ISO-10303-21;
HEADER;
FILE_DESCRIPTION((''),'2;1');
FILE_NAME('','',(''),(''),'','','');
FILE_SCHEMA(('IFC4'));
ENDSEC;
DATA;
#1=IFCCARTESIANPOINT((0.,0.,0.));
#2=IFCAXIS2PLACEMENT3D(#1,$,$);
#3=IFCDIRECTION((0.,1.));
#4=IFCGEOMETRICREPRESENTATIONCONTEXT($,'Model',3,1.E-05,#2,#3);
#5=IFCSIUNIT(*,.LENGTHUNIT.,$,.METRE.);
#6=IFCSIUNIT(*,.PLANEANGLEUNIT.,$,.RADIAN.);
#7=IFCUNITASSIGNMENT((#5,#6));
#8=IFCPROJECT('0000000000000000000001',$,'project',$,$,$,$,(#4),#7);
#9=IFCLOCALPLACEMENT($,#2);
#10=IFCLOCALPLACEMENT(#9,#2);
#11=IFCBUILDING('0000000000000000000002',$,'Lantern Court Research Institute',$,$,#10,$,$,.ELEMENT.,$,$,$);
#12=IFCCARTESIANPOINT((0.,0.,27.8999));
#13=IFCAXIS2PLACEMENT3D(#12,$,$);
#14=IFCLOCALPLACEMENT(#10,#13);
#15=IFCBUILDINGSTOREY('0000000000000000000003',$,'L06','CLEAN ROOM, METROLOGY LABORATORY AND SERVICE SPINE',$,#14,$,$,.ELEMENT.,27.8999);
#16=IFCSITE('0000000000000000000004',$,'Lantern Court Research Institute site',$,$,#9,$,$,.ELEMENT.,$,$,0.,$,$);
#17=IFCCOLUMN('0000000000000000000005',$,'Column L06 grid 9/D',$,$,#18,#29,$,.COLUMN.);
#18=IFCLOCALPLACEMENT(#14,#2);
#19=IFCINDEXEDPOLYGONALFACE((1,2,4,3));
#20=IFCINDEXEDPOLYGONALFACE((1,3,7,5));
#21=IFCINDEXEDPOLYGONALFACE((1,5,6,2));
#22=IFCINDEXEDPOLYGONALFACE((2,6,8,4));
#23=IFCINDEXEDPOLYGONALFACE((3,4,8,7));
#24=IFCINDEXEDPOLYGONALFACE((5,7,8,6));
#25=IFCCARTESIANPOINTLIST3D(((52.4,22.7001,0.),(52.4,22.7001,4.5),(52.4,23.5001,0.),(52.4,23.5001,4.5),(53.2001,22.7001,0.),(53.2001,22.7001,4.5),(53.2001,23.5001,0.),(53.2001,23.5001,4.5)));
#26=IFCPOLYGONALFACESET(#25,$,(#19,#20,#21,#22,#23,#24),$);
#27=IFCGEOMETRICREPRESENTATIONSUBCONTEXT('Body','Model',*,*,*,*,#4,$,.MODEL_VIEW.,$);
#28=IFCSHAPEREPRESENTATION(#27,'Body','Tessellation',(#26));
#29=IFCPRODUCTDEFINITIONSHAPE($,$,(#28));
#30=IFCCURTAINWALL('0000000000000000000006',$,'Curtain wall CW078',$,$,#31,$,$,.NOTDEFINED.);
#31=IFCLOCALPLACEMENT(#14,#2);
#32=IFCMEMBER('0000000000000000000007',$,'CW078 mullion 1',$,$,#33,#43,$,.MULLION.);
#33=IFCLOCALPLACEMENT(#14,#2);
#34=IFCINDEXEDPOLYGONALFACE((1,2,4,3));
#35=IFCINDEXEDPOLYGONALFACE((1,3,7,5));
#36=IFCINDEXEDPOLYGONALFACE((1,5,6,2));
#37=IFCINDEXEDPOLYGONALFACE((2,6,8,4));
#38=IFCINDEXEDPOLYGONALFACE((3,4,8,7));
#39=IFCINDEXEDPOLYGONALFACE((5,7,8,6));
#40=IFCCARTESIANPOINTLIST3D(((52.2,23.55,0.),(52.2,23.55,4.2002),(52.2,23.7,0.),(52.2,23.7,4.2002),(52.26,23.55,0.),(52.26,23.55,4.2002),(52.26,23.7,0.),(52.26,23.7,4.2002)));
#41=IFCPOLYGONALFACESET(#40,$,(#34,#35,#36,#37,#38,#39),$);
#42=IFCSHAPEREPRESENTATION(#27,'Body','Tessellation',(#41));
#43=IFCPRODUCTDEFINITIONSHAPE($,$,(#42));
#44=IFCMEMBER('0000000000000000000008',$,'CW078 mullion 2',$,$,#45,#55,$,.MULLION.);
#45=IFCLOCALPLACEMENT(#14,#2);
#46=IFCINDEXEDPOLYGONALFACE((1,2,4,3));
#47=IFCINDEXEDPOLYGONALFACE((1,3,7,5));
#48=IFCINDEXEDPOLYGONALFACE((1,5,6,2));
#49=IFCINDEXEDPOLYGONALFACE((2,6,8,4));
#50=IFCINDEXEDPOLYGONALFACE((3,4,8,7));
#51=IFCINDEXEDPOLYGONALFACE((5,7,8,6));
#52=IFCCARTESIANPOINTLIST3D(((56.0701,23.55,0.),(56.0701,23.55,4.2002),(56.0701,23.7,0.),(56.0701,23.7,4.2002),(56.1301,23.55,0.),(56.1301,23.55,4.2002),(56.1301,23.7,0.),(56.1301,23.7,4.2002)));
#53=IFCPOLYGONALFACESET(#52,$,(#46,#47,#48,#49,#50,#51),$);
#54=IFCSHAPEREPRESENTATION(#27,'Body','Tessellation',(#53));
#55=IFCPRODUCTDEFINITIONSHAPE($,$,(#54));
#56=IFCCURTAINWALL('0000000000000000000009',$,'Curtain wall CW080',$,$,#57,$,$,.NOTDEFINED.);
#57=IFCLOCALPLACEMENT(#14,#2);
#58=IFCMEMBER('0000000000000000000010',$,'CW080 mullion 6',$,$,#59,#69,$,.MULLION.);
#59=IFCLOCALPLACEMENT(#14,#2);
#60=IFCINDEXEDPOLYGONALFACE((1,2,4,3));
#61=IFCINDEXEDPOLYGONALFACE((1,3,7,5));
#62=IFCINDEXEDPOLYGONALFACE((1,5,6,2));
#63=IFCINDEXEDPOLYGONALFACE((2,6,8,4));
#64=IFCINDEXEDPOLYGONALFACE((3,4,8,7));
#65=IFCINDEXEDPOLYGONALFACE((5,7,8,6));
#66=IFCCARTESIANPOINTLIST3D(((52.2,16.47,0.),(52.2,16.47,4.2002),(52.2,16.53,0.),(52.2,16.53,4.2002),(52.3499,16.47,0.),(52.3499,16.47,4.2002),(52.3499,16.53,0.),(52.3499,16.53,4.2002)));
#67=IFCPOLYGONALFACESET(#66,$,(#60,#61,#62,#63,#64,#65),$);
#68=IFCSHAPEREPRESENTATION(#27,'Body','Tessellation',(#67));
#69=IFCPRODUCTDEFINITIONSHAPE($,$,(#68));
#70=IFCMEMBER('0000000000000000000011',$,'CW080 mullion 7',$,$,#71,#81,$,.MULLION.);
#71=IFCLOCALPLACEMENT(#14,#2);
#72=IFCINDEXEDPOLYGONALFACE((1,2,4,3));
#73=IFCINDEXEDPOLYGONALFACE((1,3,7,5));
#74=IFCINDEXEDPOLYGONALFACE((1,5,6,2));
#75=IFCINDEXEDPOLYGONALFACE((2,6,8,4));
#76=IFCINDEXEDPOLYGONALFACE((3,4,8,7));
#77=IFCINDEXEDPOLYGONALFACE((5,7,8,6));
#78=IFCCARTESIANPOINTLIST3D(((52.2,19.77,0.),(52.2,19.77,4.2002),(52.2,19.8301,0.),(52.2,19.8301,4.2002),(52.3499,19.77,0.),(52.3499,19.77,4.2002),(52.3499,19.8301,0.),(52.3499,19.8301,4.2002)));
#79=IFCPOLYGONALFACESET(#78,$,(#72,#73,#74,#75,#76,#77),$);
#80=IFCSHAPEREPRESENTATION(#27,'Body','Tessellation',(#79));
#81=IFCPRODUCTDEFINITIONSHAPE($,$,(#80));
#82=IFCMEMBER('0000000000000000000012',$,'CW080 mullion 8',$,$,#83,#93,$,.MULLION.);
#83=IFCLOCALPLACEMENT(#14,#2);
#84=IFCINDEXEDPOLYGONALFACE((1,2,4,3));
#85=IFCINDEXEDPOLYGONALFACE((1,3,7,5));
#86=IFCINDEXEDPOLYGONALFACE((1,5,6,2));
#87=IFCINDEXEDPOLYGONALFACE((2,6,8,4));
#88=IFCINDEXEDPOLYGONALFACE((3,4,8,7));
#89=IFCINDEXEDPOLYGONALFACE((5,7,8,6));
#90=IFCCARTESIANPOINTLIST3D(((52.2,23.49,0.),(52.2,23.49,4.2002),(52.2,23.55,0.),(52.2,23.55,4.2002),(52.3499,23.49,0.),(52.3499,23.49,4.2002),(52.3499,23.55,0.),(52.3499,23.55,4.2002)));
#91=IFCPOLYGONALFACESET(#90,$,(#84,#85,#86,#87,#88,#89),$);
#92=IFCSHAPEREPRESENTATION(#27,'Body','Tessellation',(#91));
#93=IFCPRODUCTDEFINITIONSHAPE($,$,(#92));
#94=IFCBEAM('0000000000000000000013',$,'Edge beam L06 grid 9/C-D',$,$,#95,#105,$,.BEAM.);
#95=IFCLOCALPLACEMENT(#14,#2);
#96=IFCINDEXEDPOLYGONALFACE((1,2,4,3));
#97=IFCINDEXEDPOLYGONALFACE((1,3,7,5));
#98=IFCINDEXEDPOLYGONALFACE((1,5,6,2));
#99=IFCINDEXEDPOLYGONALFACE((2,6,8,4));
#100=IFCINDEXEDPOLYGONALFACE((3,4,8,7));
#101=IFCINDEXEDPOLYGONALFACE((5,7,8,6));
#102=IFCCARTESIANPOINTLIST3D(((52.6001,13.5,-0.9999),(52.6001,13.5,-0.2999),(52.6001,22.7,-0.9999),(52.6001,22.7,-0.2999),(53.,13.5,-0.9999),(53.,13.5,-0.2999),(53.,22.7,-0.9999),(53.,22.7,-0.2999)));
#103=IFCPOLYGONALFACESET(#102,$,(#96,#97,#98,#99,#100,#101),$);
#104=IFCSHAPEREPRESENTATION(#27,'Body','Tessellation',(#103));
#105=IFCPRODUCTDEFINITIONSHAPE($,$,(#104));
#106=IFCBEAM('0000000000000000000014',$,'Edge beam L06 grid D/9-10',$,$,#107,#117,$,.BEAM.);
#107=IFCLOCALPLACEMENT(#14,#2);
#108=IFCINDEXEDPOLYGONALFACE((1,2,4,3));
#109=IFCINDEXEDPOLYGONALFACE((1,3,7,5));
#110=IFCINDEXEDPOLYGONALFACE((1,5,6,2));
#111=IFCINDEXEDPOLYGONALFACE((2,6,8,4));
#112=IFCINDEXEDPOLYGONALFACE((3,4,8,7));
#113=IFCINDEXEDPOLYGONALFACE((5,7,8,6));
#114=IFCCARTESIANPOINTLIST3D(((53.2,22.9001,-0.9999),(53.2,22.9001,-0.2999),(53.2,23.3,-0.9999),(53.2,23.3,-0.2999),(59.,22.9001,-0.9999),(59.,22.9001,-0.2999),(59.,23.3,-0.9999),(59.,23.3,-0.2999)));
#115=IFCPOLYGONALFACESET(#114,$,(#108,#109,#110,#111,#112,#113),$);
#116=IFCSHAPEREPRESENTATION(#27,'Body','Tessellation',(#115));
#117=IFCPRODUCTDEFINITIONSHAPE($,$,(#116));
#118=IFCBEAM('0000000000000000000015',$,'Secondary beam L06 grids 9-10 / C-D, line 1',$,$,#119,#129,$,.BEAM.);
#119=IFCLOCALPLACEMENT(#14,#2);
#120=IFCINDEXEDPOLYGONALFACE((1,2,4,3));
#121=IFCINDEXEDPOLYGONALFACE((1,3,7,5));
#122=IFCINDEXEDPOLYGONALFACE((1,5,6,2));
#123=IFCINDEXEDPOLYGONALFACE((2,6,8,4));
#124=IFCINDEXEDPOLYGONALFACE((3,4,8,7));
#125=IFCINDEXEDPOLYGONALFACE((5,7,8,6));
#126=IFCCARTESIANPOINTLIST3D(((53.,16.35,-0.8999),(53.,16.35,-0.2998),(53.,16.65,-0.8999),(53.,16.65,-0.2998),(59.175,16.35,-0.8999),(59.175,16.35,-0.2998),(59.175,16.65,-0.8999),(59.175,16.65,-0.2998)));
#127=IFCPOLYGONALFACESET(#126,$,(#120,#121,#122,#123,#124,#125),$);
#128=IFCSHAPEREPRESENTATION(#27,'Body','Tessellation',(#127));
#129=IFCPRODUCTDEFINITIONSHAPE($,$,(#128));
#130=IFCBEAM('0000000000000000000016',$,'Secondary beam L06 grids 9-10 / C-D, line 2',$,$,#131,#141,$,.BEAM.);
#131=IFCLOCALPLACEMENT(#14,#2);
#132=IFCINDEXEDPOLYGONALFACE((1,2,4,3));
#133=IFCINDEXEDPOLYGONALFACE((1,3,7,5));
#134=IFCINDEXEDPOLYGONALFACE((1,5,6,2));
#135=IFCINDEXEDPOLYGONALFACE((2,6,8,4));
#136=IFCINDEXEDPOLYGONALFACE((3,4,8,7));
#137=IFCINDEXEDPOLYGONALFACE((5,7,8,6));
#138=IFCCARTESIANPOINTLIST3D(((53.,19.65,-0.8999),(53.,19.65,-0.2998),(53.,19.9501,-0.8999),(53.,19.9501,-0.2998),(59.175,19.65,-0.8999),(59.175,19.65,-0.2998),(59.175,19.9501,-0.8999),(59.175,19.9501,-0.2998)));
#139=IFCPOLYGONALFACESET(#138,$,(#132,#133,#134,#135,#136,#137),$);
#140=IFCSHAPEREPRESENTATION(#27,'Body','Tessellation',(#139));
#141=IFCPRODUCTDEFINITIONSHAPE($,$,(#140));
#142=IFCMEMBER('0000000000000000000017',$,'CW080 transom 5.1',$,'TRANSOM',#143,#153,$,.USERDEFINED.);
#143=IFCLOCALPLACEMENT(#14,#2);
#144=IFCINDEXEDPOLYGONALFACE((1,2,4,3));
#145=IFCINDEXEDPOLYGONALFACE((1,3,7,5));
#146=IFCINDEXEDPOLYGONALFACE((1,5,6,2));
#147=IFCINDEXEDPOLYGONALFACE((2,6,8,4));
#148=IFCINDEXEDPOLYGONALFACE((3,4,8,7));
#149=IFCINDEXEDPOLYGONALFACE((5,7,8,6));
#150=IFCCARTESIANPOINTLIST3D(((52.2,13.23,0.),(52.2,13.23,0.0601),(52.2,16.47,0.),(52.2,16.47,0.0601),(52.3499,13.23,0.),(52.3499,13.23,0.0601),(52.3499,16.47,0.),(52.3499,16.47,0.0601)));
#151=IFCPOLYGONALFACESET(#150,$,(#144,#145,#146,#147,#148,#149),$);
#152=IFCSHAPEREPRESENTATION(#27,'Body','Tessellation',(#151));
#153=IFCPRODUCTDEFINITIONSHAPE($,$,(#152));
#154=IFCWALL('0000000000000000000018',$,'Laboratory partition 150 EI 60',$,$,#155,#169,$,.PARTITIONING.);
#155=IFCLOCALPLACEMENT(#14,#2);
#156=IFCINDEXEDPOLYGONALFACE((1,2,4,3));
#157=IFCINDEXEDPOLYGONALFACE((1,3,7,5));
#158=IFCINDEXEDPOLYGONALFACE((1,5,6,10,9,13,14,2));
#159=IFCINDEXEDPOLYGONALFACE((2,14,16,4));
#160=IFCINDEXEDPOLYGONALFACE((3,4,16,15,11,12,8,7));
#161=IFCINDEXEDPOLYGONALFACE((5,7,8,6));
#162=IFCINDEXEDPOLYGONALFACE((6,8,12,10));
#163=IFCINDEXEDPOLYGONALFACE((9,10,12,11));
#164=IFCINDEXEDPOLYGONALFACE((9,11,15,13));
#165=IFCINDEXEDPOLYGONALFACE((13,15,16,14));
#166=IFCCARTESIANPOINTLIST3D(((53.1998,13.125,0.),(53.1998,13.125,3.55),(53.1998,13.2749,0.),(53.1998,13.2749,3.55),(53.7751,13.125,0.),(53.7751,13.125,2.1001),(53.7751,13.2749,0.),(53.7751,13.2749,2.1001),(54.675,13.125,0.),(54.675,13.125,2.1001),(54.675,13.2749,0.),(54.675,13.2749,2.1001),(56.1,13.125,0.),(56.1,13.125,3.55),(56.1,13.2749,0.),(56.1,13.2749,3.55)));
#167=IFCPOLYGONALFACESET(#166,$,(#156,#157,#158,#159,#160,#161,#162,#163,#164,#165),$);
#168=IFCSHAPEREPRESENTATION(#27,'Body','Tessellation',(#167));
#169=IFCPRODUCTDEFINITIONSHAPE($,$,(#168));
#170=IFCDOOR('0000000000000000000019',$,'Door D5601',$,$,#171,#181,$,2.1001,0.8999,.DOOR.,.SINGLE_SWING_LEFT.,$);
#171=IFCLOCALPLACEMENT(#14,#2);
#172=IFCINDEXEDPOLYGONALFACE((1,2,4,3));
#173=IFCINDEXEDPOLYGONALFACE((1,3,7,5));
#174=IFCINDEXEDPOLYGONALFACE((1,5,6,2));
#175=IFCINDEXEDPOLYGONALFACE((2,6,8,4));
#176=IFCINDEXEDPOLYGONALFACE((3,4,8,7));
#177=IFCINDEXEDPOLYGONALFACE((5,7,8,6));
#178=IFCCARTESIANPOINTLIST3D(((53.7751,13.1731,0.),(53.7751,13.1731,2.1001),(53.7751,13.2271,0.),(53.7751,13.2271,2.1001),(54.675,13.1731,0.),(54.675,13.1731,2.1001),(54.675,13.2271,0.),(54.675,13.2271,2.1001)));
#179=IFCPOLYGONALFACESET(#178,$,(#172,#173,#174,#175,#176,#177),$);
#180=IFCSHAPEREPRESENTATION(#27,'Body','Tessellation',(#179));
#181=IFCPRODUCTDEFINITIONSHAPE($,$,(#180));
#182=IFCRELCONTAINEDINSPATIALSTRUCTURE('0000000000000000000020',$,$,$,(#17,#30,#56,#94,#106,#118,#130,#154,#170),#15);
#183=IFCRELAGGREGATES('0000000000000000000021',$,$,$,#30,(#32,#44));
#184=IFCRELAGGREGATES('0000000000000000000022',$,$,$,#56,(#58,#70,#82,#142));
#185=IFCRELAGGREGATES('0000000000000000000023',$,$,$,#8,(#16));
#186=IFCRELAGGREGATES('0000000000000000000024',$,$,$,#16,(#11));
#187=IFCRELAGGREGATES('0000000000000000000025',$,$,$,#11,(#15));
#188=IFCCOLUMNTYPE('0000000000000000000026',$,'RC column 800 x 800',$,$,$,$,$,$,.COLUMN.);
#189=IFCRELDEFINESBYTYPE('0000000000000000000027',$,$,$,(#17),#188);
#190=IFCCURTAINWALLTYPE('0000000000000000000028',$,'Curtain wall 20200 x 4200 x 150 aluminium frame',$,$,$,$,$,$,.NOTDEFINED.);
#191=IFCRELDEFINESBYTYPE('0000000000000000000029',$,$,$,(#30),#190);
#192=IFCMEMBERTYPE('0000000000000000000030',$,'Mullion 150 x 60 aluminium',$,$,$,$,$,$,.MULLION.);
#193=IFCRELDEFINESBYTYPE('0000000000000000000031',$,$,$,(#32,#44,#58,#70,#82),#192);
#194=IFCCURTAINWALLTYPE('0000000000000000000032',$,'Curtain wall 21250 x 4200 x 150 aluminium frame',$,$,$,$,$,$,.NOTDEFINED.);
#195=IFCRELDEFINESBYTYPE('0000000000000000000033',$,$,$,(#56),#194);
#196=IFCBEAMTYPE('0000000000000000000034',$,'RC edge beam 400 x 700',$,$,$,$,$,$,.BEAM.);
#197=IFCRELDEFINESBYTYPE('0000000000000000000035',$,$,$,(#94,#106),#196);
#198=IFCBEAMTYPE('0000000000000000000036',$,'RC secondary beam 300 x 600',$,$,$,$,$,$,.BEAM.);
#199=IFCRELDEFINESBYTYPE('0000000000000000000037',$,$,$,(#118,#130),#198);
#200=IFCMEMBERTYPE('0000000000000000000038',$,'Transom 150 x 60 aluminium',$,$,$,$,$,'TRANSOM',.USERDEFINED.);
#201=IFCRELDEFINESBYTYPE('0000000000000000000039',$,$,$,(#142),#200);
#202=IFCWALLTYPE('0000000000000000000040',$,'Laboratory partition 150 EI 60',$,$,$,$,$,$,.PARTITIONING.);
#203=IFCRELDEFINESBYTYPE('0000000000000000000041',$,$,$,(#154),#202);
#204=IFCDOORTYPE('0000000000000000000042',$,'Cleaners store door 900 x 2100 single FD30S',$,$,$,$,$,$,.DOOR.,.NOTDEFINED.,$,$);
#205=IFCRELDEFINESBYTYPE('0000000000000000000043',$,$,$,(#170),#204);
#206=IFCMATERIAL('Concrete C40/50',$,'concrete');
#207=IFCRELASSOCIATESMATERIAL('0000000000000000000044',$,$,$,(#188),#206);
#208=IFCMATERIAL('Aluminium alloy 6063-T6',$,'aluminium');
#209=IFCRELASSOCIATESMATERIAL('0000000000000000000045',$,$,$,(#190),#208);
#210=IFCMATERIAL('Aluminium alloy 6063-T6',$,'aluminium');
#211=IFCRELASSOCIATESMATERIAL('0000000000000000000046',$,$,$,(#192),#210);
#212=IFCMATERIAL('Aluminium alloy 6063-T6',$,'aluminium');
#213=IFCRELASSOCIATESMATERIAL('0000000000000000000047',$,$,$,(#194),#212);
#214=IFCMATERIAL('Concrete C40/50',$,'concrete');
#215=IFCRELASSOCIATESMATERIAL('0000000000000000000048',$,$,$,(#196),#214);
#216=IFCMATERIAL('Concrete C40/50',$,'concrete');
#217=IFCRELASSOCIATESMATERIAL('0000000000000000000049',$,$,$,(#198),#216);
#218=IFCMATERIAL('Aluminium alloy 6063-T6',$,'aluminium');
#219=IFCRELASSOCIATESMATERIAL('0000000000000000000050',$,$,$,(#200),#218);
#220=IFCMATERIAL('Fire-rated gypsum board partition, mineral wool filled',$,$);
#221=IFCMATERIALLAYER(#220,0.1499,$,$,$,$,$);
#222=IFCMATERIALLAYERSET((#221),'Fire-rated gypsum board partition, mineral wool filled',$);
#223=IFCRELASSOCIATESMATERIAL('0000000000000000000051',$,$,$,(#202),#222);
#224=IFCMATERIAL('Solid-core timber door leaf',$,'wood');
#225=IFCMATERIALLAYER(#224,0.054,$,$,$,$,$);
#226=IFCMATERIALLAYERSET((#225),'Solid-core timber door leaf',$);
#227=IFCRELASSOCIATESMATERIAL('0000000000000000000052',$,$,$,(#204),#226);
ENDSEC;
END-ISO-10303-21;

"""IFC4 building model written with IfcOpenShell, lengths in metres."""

from ifc_helpers import new_model, si_unit, direction, frame, frame_2d, origin, origin_2d, place, context, subcontext, project, spatial, rectangle, extrude, material, layer, layer_set, material_profile, profile_set, type_object, element, fill, aggregate, save


model = new_model("IFC4")

# Units and contexts
model_context = context("Model", 3, precision=1e-05, world=origin(), true_north=direction((0.0, 1.0)))
body_context = subcontext(model_context, "Body", "Model", "MODEL_VIEW")
ifc_project = project(units=[si_unit("LENGTHUNIT", "METRE"), si_unit("PLANEANGLEUNIT", "RADIAN")], contexts=[model_context])

# Site, building, storey
site_placement = place(None, origin())
site = spatial("IfcSite", under=ifc_project, at=site_placement, Name="Lantern Court Research Institute site", CompositionType="ELEMENT", RefElevation=0.0)
building_placement = place(site_placement, origin())
building = spatial("IfcBuilding", under=site, at=building_placement, Name="Lantern Court Research Institute", CompositionType="ELEMENT")
storey_placement = place(building_placement, frame((0.0, 0.0, 27.8999)))
storey = spatial("IfcBuildingStorey", under=building, at=storey_placement, Name="L06", Description="CLEAN ROOM, METROLOGY LABORATORY AND SERVICE SPINE", CompositionType="ELEMENT", Elevation=27.8999)

# Column
ifc_material_1 = material(Name="Concrete C40/50", Category="concrete")
ifc_material_profile_1 = material_profile(ifc_material_1, rectangle(XDim=0.8, YDim=0.8, at=origin_2d()), Name="RC column 800 x 800")
ifc_profile_set_1 = profile_set([ifc_material_profile_1], Name="Concrete C40/50")
column_type = type_object("IfcColumnType", Name="RC column 800 x 800", PredefinedType="COLUMN", material=ifc_profile_set_1)
column_placement = place(storey_placement, frame((52.8, 23.1001, 0.0), z_axis=(0.0, 0.0, 1.0), x_axis=(1.0, 0.0, 0.0)))
element("IfcColumn", 1, at=column_placement, inside=storey, type_object=column_type, Name="Column L06 grid 9/D", PredefinedType="COLUMN", context=body_context, shape_type="SweptSolid", body=[
    extrude(rectangle(XDim=0.8, YDim=0.8, at=origin_2d()), origin(), (0.0, 0.0, 1.0), 4.5),
])

# Curtain walls, members
ifc_material_2 = material(Name="Aluminium alloy 6063-T6", Category="aluminium")
curtain_wall_type_1 = type_object("IfcCurtainWallType", Name="Curtain wall 20200 x 4200 x 150 aluminium frame", PredefinedType="NOTDEFINED", material=ifc_material_2)
curtain_wall_1_placement = place(storey_placement, origin())
curtain_wall_1 = element("IfcCurtainWall", 2, at=curtain_wall_1_placement, inside=storey, type_object=curtain_wall_type_1, Name="Curtain wall CW078", PredefinedType="NOTDEFINED")
ifc_material_3 = material(Name="Aluminium alloy 6063-T6", Category="aluminium")
ifc_material_profile_2 = material_profile(ifc_material_3, rectangle(XDim=0.1499, YDim=0.0601, at=origin_2d()), Name="Mullion 150 x 60")
ifc_profile_set_2 = profile_set([ifc_material_profile_2], Name="Aluminium alloy 6063-T6")
member_type_1 = type_object("IfcMemberType", Name="Mullion 150 x 60 aluminium", PredefinedType="MULLION", material=ifc_profile_set_2)
member_1_placement = place(storey_placement, frame((52.23, 23.625, 0.0), z_axis=(0.0, 0.0, 1.0), x_axis=(0.0, 1.0, 0.0)))
member_1 = element("IfcMember", 3, at=member_1_placement, type_object=member_type_1, Name="CW078 mullion 1", PredefinedType="MULLION", context=body_context, shape_type="SweptSolid", body=[
    extrude(rectangle(XDim=0.1499, YDim=0.0601, at=origin_2d()), origin(), (0.0, 0.0, 1.0), 4.2002),
])
member_2_placement = place(storey_placement, frame((56.1001, 23.625, 0.0), z_axis=(0.0, 0.0, 1.0), x_axis=(0.0, 1.0, 0.0)))
member_2 = element("IfcMember", 4, at=member_2_placement, type_object=member_type_1, Name="CW078 mullion 2", PredefinedType="MULLION", context=body_context, shape_type="SweptSolid", body=[
    extrude(rectangle(XDim=0.1499, YDim=0.0601, at=origin_2d()), origin(), (0.0, 0.0, 1.0), 4.2002),
])
aggregate(curtain_wall_1, [member_1, member_2])
ifc_material_4 = material(Name="Aluminium alloy 6063-T6", Category="aluminium")
curtain_wall_type_2 = type_object("IfcCurtainWallType", Name="Curtain wall 21250 x 4200 x 150 aluminium frame", PredefinedType="NOTDEFINED", material=ifc_material_4)
curtain_wall_2_placement = place(storey_placement, origin())
curtain_wall_2 = element("IfcCurtainWall", 5, at=curtain_wall_2_placement, inside=storey, type_object=curtain_wall_type_2, Name="Curtain wall CW080", PredefinedType="NOTDEFINED")
member_3_placement = place(storey_placement, frame((52.2749, 16.5, 0.0), z_axis=(0.0, 0.0, 1.0), x_axis=(-1.0, 0.0, 0.0)))
member_3 = element("IfcMember", 6, at=member_3_placement, type_object=member_type_1, Name="CW080 mullion 6", PredefinedType="MULLION", context=body_context, shape_type="SweptSolid", body=[
    extrude(rectangle(XDim=0.1499, YDim=0.0601, at=origin_2d()), origin(), (0.0, 0.0, 1.0), 4.2002),
])
member_4_placement = place(storey_placement, frame((52.2749, 19.8, 0.0), z_axis=(0.0, 0.0, 1.0), x_axis=(-1.0, 0.0, 0.0)))
member_4 = element("IfcMember", 7, at=member_4_placement, type_object=member_type_1, Name="CW080 mullion 7", PredefinedType="MULLION", context=body_context, shape_type="SweptSolid", body=[
    extrude(rectangle(XDim=0.1499, YDim=0.0601, at=origin_2d()), origin(), (0.0, 0.0, 1.0), 4.2002),
])
member_5_placement = place(storey_placement, frame((52.2749, 23.52, 0.0), z_axis=(0.0, 0.0, 1.0), x_axis=(-1.0, 0.0, 0.0)))
member_5 = element("IfcMember", 8, at=member_5_placement, type_object=member_type_1, Name="CW080 mullion 8", PredefinedType="MULLION", context=body_context, shape_type="SweptSolid", body=[
    extrude(rectangle(XDim=0.1499, YDim=0.0601, at=origin_2d()), origin(), (0.0, 0.0, 1.0), 4.2002),
])

# Beams
ifc_material_5 = material(Name="Concrete C40/50", Category="concrete")
ifc_material_profile_3 = material_profile(ifc_material_5, rectangle(XDim=0.3999, YDim=0.7, at=origin_2d()), Name="RC beam 400 x 700")
ifc_profile_set_3 = profile_set([ifc_material_profile_3], Name="Concrete C40/50")
beam_type_1 = type_object("IfcBeamType", Name="RC edge beam 400 x 700", PredefinedType="BEAM", material=ifc_profile_set_3)
beam_1_placement = place(storey_placement, frame((52.8, 13.5, -0.6499), z_axis=(0.0, 1.0, 0.0), x_axis=(-1.0, 0.0, 0.0)))
element("IfcBeam", 9, at=beam_1_placement, inside=storey, type_object=beam_type_1, Name="Edge beam L06 grid 9/C-D", PredefinedType="BEAM", context=body_context, shape_type="SweptSolid", body=[
    extrude(rectangle(XDim=0.3999, YDim=0.7, at=origin_2d()), origin(), (0.0, 0.0, 1.0), 9.2),
])
beam_2_placement = place(storey_placement, frame((53.2, 23.1001, -0.6499), z_axis=(1.0, 0.0, 0.0), x_axis=(0.0, 1.0, 0.0)))
element("IfcBeam", 10, at=beam_2_placement, inside=storey, type_object=beam_type_1, Name="Edge beam L06 grid D/9-10", PredefinedType="BEAM", context=body_context, shape_type="SweptSolid", body=[
    extrude(rectangle(XDim=0.3999, YDim=0.7, at=origin_2d()), origin(), (0.0, 0.0, 1.0), 5.8),
])
ifc_material_6 = material(Name="Concrete C40/50", Category="concrete")
ifc_material_profile_4 = material_profile(ifc_material_6, rectangle(XDim=0.3, YDim=0.6001, at=origin_2d()), Name="RC beam 300 x 600")
ifc_profile_set_4 = profile_set([ifc_material_profile_4], Name="Concrete C40/50")
beam_type_2 = type_object("IfcBeamType", Name="RC secondary beam 300 x 600", PredefinedType="BEAM", material=ifc_profile_set_4)
for number, where, z_axis, x_axis, name in (
    (11, (53.0, 16.5, -0.5999), (1.0, 0.0, 0.0), (0.0, 1.0, 0.0), "Secondary beam L06 grids 9-10 / C-D, line 1"),
    (12, (53.0, 19.8, -0.5999), (1.0, 0.0, 0.0), (0.0, 1.0, 0.0), "Secondary beam L06 grids 9-10 / C-D, line 2"),
):
    element("IfcBeam", number, at=place(storey_placement, frame(where, z_axis=z_axis, x_axis=x_axis)), inside=storey, type_object=beam_type_2, Name=name, PredefinedType="BEAM", context=body_context, shape_type="SweptSolid", body=[
        extrude(rectangle(XDim=0.3, YDim=0.6001, at=origin_2d()), origin(), (0.0, 0.0, 1.0), 6.175),
    ])

# Member
ifc_material_7 = material(Name="Aluminium alloy 6063-T6", Category="aluminium")
ifc_material_profile_5 = material_profile(ifc_material_7, rectangle(XDim=0.1499, YDim=0.0601, at=origin_2d()), Name="Transom 150 x 60")
ifc_profile_set_5 = profile_set([ifc_material_profile_5], Name="Aluminium alloy 6063-T6")
member_type_2 = type_object("IfcMemberType", Name="Transom 150 x 60 aluminium", ElementType="TRANSOM", PredefinedType="USERDEFINED", material=ifc_profile_set_5)
member_6_placement = place(storey_placement, frame((52.2749, 13.23, 0.03), z_axis=(0.0, 1.0, 0.0), x_axis=(-1.0, 0.0, 0.0)))
member_6 = element("IfcMember", 13, at=member_6_placement, type_object=member_type_2, Name="CW080 transom 5.1", ObjectType="TRANSOM", PredefinedType="USERDEFINED", context=body_context, shape_type="SweptSolid", body=[
    extrude(rectangle(XDim=0.1499, YDim=0.0601, at=origin_2d()), origin(), (0.0, 0.0, 1.0), 3.24),
])
aggregate(curtain_wall_2, [member_3, member_4, member_5, member_6])

# Wall, opening, door
ifc_material_8 = material(Name="Fire-rated gypsum board partition, mineral wool filled")
ifc_layer_1 = layer(ifc_material_8, 0.1499)
ifc_layer_set_1 = layer_set([ifc_layer_1], Name="Fire-rated gypsum board partition, mineral wool filled")
wall_type_1 = type_object("IfcWallType", Name="Laboratory partition 150 EI 60", PredefinedType="PARTITIONING", material=ifc_layer_set_1)
wall_1_placement = place(storey_placement, frame((56.1001, 13.2, 0.0), z_axis=(0.0, 0.0, 1.0), x_axis=(-1.0, 0.0, 0.0)))
wall_1 = element("IfcWall", 14, at=wall_1_placement, inside=storey, type_object=wall_type_1, Name="Laboratory partition 150 EI 60", PredefinedType="PARTITIONING", context=body_context, shape_type="SweptSolid", body=[
    extrude(rectangle(XDim=2.9001, YDim=0.1499, at=frame_2d((1.4502, 0.0))), origin(), (0.0, 0.0, 1.0), 3.55),
])
opening_1_placement = place(wall_1_placement, frame((1.425, 0.0, 0.0)))
opening_1 = element("IfcOpeningElement", 15, at=opening_1_placement, cuts=wall_1, PredefinedType="OPENING", context=body_context, shape_type="SweptSolid", body=[
    extrude(rectangle(XDim=0.8999, YDim=2.1001, at=frame_2d((0.45, 1.05))), frame((0.0, 0.085, 0.0), z_axis=(0.0, -1.0, 0.0), x_axis=(1.0, 0.0, 0.0)), (0.0, 0.0, 1.0), 0.1699),
])
ifc_material_9 = material(Name="Solid-core timber door leaf", Category="wood")
ifc_layer_2 = layer(ifc_material_9, 0.054)
ifc_layer_set_2 = layer_set([ifc_layer_2], Name="Solid-core timber door leaf")
door_type_1 = type_object("IfcDoorType", Name="Cleaners store door 900 x 2100 single FD30S", OperationType="NOTDEFINED", PredefinedType="DOOR", material=ifc_layer_set_2)
door_1_placement = place(opening_1_placement, origin())
door_1 = element("IfcDoor", 16, at=door_1_placement, inside=storey, type_object=door_type_1, Name="Door D5601", OperationType="SINGLE_SWING_LEFT", OverallHeight=2.1001, OverallWidth=0.8999, PredefinedType="DOOR", context=body_context, shape_type="SweptSolid", body=[
    extrude(rectangle(XDim=0.8999, YDim=2.1001, at=frame_2d((0.45, 1.05))), frame((0.0, 0.0269, 0.0), z_axis=(0.0, -1.0, 0.0), x_axis=(1.0, 0.0, 0.0)), (0.0, 0.0, 1.0), 0.054),
])
fill(opening_1, door_1)

save(model, "model.ifc")
